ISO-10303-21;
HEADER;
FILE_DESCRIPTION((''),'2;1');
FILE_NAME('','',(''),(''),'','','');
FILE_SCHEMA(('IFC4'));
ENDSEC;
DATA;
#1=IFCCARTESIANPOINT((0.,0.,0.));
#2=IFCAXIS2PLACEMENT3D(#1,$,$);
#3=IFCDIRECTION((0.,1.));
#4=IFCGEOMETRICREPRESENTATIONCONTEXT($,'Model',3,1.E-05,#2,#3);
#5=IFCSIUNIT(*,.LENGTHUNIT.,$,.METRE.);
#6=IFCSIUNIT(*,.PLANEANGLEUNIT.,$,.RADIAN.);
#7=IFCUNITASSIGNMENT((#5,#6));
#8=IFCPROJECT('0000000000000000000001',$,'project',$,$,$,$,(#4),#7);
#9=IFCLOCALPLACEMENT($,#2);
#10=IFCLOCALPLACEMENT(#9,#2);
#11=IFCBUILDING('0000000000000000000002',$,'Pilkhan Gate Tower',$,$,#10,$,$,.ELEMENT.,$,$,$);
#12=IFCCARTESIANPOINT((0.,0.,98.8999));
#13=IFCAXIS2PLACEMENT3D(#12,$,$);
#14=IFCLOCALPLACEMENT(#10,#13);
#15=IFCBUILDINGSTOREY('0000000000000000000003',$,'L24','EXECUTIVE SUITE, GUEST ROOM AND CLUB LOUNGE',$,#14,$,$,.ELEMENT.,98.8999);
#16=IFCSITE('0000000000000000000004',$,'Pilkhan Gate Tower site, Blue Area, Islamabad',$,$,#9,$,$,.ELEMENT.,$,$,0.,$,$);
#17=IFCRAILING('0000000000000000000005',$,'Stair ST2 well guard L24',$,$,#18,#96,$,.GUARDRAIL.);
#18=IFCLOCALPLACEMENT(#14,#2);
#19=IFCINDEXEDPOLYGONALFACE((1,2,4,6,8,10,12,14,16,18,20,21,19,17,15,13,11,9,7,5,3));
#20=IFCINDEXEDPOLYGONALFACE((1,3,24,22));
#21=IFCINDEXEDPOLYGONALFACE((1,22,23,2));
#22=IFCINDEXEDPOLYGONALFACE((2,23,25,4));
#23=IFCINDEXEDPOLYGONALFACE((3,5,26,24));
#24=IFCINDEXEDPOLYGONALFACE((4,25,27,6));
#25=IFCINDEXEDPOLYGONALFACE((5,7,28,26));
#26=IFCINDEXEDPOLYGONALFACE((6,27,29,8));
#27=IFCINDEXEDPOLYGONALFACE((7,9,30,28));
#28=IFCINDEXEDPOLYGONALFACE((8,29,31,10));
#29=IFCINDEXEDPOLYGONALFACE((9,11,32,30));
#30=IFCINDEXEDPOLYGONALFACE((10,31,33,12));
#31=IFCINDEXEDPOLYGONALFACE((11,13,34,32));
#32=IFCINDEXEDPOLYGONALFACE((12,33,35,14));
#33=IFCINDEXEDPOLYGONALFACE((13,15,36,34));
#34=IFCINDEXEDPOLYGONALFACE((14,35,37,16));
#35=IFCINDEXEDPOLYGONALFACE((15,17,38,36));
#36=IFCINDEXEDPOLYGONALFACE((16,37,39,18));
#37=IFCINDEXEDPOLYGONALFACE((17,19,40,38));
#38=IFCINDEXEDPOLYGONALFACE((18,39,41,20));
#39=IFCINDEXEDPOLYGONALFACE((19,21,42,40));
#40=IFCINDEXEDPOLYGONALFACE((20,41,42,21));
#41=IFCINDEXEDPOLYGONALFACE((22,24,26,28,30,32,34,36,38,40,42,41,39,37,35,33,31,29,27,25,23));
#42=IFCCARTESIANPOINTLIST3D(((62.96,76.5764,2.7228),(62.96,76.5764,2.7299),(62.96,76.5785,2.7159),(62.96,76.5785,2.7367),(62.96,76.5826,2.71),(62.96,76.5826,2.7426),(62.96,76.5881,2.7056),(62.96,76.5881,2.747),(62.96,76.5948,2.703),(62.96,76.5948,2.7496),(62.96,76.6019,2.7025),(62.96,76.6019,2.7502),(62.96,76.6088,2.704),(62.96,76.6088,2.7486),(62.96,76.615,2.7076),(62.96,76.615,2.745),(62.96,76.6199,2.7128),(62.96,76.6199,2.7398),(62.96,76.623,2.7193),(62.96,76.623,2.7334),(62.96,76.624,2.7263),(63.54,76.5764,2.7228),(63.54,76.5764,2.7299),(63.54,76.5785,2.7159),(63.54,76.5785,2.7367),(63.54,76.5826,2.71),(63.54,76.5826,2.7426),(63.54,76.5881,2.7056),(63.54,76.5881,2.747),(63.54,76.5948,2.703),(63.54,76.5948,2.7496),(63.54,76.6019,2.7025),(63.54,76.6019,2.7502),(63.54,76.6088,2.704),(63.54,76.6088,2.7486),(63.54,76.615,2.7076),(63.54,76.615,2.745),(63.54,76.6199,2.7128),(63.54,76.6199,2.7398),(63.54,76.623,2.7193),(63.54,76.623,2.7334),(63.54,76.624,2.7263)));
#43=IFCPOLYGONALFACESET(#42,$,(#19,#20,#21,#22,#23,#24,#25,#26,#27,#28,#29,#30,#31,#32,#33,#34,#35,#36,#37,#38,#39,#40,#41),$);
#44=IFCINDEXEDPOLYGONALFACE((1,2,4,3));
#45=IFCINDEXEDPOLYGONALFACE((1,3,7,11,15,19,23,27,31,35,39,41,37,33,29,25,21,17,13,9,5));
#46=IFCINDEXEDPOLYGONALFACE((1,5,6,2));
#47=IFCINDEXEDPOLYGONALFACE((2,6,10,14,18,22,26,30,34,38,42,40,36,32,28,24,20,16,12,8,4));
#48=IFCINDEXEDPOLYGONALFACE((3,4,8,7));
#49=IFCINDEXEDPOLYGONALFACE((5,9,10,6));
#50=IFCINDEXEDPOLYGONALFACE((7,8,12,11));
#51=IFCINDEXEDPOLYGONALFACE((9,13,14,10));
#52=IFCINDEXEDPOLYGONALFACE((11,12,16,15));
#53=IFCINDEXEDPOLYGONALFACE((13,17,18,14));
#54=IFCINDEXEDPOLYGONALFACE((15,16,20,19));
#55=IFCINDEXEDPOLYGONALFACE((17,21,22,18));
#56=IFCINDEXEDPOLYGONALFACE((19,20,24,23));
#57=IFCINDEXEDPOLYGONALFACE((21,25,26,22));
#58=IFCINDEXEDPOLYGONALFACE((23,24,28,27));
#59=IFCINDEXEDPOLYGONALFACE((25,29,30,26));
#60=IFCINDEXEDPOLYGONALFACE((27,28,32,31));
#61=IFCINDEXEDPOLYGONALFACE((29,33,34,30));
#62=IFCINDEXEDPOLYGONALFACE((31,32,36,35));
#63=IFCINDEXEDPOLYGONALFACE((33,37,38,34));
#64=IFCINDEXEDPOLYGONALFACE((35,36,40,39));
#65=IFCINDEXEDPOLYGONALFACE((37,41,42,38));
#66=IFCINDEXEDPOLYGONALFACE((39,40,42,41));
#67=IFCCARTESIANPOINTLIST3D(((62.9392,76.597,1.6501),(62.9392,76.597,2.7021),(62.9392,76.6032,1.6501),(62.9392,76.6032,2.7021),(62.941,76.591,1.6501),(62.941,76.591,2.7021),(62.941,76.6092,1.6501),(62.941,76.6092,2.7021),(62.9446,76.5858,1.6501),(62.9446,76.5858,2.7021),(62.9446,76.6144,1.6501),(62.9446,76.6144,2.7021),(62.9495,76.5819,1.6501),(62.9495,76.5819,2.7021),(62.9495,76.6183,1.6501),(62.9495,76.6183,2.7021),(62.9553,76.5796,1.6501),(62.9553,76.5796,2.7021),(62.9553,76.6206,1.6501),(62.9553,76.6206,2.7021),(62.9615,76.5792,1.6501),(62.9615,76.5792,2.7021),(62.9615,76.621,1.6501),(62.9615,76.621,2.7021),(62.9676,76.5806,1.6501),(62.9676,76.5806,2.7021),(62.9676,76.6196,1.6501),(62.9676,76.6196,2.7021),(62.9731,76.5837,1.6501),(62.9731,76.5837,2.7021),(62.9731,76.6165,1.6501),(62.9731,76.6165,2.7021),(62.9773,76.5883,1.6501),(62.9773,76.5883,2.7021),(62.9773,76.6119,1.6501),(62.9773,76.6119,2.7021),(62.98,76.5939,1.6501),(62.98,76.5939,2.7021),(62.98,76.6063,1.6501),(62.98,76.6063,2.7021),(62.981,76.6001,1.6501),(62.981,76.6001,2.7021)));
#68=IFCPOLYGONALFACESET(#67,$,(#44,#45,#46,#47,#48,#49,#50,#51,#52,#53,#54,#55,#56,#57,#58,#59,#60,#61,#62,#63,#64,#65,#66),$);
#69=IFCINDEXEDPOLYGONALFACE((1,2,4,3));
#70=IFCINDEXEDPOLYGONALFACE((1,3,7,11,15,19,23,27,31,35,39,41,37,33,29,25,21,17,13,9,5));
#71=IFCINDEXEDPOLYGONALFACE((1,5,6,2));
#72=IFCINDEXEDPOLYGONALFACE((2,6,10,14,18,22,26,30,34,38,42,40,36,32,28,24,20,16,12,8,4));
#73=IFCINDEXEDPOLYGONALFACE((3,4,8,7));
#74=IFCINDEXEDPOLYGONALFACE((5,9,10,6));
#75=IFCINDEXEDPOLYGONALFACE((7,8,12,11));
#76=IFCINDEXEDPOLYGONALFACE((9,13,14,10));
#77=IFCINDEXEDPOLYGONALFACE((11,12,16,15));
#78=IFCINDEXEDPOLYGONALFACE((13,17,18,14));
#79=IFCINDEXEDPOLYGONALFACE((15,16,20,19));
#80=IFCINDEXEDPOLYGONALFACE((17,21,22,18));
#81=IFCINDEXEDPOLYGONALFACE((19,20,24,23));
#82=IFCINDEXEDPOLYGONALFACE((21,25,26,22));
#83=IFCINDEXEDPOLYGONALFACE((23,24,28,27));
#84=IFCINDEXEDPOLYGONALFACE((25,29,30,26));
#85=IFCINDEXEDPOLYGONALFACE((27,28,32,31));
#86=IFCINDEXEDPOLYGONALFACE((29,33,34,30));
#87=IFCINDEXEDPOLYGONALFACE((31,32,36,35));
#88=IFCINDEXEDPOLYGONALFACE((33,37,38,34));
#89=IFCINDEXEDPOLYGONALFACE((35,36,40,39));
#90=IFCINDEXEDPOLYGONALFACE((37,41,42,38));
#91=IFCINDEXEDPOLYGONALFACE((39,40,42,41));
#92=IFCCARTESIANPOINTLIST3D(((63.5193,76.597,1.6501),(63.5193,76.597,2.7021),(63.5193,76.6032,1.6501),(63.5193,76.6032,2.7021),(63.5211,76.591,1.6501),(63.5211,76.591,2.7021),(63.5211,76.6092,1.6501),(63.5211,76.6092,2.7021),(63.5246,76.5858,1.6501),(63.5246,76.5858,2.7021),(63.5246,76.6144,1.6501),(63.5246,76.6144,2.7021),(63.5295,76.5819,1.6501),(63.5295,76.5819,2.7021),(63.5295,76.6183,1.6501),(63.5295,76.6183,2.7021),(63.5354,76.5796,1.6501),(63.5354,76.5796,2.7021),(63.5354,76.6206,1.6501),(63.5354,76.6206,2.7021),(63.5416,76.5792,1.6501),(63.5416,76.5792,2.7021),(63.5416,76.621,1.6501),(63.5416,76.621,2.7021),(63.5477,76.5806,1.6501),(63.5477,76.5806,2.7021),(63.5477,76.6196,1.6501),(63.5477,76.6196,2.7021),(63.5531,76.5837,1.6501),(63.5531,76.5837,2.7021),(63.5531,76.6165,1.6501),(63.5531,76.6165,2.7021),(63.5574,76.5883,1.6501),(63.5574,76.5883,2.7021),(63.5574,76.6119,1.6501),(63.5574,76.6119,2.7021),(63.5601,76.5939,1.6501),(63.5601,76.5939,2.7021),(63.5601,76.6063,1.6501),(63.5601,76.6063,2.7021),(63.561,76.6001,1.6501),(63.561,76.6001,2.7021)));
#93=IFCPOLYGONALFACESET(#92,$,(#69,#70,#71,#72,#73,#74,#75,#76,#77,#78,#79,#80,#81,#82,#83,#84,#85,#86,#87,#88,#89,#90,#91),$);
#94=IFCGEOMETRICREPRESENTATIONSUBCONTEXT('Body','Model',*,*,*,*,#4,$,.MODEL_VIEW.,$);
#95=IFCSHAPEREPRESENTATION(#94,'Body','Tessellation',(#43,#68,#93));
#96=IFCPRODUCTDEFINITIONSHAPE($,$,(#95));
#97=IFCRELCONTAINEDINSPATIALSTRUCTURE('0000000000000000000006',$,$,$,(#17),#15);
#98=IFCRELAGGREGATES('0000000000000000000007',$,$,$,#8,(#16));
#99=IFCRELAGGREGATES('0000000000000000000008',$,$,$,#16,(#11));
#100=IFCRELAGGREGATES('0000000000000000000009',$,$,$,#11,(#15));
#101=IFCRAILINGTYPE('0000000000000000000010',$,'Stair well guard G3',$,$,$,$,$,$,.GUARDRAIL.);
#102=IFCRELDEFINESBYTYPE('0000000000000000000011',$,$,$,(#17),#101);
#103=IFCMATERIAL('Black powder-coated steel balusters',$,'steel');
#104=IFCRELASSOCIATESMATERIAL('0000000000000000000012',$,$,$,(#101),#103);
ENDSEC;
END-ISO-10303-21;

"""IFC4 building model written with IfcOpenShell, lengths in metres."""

from ifc_helpers import new_model, si_unit, direction, frame, origin, origin_2d, place, context, subcontext, project, spatial, circle, extrude, material, type_object, element, save


model = new_model("IFC4")

# Units and contexts
model_context = context("Model", 3, precision=1e-05, world=origin(), true_north=direction((0.0, 1.0)))
body_context = subcontext(model_context, "Body", "Model", "MODEL_VIEW")
ifc_project = project(units=[si_unit("LENGTHUNIT", "METRE"), si_unit("PLANEANGLEUNIT", "RADIAN")], contexts=[model_context])

# Site, building, storey
site_placement = place(None, origin())
site = spatial("IfcSite", under=ifc_project, at=site_placement, Name="Pilkhan Gate Tower site, Blue Area, Islamabad", CompositionType="ELEMENT", RefElevation=0.0)
building_placement = place(site_placement, origin())
building = spatial("IfcBuilding", under=site, at=building_placement, Name="Pilkhan Gate Tower", CompositionType="ELEMENT")
storey_placement = place(building_placement, frame((0.0, 0.0, 98.8999)))
storey = spatial("IfcBuildingStorey", under=building, at=storey_placement, Name="L24", Description="EXECUTIVE SUITE, GUEST ROOM AND CLUB LOUNGE", CompositionType="ELEMENT", Elevation=98.8999)

# Railing
ifc_material_1 = material(Name="Black powder-coated steel balusters", Category="steel")
railing_type_1 = type_object("IfcRailingType", Name="Stair well guard G3", PredefinedType="GUARDRAIL", material=ifc_material_1)
for number, where, name in (
    (1, (62.96, 76.6001, 1.6501), "Stair ST2 well guard L24"),
):
    element("IfcRailing", number, at=place(storey_placement, frame(where)), inside=storey, type_object=railing_type_1, Name=name, PredefinedType="GUARDRAIL", context=body_context, shape_type="SweptSolid", body=[
        extrude(circle(Radius=0.0239, at=origin_2d()), frame((0.0, 0.0, 1.0762), z_axis=(1.0, 0.0, 0.0), x_axis=(0.0, 1.0, 0.0)), (0.0, 0.0, 1.0), 0.5801),
        extrude(circle(Radius=0.021, at=origin_2d()), origin(), (0.0, 0.0, 1.0), 1.052),
        extrude(circle(Radius=0.021, at=origin_2d()), frame((0.5801, 0.0, 0.0)), (0.0, 0.0, 1.0), 1.052),
    ])

save(model, "model.ifc")
